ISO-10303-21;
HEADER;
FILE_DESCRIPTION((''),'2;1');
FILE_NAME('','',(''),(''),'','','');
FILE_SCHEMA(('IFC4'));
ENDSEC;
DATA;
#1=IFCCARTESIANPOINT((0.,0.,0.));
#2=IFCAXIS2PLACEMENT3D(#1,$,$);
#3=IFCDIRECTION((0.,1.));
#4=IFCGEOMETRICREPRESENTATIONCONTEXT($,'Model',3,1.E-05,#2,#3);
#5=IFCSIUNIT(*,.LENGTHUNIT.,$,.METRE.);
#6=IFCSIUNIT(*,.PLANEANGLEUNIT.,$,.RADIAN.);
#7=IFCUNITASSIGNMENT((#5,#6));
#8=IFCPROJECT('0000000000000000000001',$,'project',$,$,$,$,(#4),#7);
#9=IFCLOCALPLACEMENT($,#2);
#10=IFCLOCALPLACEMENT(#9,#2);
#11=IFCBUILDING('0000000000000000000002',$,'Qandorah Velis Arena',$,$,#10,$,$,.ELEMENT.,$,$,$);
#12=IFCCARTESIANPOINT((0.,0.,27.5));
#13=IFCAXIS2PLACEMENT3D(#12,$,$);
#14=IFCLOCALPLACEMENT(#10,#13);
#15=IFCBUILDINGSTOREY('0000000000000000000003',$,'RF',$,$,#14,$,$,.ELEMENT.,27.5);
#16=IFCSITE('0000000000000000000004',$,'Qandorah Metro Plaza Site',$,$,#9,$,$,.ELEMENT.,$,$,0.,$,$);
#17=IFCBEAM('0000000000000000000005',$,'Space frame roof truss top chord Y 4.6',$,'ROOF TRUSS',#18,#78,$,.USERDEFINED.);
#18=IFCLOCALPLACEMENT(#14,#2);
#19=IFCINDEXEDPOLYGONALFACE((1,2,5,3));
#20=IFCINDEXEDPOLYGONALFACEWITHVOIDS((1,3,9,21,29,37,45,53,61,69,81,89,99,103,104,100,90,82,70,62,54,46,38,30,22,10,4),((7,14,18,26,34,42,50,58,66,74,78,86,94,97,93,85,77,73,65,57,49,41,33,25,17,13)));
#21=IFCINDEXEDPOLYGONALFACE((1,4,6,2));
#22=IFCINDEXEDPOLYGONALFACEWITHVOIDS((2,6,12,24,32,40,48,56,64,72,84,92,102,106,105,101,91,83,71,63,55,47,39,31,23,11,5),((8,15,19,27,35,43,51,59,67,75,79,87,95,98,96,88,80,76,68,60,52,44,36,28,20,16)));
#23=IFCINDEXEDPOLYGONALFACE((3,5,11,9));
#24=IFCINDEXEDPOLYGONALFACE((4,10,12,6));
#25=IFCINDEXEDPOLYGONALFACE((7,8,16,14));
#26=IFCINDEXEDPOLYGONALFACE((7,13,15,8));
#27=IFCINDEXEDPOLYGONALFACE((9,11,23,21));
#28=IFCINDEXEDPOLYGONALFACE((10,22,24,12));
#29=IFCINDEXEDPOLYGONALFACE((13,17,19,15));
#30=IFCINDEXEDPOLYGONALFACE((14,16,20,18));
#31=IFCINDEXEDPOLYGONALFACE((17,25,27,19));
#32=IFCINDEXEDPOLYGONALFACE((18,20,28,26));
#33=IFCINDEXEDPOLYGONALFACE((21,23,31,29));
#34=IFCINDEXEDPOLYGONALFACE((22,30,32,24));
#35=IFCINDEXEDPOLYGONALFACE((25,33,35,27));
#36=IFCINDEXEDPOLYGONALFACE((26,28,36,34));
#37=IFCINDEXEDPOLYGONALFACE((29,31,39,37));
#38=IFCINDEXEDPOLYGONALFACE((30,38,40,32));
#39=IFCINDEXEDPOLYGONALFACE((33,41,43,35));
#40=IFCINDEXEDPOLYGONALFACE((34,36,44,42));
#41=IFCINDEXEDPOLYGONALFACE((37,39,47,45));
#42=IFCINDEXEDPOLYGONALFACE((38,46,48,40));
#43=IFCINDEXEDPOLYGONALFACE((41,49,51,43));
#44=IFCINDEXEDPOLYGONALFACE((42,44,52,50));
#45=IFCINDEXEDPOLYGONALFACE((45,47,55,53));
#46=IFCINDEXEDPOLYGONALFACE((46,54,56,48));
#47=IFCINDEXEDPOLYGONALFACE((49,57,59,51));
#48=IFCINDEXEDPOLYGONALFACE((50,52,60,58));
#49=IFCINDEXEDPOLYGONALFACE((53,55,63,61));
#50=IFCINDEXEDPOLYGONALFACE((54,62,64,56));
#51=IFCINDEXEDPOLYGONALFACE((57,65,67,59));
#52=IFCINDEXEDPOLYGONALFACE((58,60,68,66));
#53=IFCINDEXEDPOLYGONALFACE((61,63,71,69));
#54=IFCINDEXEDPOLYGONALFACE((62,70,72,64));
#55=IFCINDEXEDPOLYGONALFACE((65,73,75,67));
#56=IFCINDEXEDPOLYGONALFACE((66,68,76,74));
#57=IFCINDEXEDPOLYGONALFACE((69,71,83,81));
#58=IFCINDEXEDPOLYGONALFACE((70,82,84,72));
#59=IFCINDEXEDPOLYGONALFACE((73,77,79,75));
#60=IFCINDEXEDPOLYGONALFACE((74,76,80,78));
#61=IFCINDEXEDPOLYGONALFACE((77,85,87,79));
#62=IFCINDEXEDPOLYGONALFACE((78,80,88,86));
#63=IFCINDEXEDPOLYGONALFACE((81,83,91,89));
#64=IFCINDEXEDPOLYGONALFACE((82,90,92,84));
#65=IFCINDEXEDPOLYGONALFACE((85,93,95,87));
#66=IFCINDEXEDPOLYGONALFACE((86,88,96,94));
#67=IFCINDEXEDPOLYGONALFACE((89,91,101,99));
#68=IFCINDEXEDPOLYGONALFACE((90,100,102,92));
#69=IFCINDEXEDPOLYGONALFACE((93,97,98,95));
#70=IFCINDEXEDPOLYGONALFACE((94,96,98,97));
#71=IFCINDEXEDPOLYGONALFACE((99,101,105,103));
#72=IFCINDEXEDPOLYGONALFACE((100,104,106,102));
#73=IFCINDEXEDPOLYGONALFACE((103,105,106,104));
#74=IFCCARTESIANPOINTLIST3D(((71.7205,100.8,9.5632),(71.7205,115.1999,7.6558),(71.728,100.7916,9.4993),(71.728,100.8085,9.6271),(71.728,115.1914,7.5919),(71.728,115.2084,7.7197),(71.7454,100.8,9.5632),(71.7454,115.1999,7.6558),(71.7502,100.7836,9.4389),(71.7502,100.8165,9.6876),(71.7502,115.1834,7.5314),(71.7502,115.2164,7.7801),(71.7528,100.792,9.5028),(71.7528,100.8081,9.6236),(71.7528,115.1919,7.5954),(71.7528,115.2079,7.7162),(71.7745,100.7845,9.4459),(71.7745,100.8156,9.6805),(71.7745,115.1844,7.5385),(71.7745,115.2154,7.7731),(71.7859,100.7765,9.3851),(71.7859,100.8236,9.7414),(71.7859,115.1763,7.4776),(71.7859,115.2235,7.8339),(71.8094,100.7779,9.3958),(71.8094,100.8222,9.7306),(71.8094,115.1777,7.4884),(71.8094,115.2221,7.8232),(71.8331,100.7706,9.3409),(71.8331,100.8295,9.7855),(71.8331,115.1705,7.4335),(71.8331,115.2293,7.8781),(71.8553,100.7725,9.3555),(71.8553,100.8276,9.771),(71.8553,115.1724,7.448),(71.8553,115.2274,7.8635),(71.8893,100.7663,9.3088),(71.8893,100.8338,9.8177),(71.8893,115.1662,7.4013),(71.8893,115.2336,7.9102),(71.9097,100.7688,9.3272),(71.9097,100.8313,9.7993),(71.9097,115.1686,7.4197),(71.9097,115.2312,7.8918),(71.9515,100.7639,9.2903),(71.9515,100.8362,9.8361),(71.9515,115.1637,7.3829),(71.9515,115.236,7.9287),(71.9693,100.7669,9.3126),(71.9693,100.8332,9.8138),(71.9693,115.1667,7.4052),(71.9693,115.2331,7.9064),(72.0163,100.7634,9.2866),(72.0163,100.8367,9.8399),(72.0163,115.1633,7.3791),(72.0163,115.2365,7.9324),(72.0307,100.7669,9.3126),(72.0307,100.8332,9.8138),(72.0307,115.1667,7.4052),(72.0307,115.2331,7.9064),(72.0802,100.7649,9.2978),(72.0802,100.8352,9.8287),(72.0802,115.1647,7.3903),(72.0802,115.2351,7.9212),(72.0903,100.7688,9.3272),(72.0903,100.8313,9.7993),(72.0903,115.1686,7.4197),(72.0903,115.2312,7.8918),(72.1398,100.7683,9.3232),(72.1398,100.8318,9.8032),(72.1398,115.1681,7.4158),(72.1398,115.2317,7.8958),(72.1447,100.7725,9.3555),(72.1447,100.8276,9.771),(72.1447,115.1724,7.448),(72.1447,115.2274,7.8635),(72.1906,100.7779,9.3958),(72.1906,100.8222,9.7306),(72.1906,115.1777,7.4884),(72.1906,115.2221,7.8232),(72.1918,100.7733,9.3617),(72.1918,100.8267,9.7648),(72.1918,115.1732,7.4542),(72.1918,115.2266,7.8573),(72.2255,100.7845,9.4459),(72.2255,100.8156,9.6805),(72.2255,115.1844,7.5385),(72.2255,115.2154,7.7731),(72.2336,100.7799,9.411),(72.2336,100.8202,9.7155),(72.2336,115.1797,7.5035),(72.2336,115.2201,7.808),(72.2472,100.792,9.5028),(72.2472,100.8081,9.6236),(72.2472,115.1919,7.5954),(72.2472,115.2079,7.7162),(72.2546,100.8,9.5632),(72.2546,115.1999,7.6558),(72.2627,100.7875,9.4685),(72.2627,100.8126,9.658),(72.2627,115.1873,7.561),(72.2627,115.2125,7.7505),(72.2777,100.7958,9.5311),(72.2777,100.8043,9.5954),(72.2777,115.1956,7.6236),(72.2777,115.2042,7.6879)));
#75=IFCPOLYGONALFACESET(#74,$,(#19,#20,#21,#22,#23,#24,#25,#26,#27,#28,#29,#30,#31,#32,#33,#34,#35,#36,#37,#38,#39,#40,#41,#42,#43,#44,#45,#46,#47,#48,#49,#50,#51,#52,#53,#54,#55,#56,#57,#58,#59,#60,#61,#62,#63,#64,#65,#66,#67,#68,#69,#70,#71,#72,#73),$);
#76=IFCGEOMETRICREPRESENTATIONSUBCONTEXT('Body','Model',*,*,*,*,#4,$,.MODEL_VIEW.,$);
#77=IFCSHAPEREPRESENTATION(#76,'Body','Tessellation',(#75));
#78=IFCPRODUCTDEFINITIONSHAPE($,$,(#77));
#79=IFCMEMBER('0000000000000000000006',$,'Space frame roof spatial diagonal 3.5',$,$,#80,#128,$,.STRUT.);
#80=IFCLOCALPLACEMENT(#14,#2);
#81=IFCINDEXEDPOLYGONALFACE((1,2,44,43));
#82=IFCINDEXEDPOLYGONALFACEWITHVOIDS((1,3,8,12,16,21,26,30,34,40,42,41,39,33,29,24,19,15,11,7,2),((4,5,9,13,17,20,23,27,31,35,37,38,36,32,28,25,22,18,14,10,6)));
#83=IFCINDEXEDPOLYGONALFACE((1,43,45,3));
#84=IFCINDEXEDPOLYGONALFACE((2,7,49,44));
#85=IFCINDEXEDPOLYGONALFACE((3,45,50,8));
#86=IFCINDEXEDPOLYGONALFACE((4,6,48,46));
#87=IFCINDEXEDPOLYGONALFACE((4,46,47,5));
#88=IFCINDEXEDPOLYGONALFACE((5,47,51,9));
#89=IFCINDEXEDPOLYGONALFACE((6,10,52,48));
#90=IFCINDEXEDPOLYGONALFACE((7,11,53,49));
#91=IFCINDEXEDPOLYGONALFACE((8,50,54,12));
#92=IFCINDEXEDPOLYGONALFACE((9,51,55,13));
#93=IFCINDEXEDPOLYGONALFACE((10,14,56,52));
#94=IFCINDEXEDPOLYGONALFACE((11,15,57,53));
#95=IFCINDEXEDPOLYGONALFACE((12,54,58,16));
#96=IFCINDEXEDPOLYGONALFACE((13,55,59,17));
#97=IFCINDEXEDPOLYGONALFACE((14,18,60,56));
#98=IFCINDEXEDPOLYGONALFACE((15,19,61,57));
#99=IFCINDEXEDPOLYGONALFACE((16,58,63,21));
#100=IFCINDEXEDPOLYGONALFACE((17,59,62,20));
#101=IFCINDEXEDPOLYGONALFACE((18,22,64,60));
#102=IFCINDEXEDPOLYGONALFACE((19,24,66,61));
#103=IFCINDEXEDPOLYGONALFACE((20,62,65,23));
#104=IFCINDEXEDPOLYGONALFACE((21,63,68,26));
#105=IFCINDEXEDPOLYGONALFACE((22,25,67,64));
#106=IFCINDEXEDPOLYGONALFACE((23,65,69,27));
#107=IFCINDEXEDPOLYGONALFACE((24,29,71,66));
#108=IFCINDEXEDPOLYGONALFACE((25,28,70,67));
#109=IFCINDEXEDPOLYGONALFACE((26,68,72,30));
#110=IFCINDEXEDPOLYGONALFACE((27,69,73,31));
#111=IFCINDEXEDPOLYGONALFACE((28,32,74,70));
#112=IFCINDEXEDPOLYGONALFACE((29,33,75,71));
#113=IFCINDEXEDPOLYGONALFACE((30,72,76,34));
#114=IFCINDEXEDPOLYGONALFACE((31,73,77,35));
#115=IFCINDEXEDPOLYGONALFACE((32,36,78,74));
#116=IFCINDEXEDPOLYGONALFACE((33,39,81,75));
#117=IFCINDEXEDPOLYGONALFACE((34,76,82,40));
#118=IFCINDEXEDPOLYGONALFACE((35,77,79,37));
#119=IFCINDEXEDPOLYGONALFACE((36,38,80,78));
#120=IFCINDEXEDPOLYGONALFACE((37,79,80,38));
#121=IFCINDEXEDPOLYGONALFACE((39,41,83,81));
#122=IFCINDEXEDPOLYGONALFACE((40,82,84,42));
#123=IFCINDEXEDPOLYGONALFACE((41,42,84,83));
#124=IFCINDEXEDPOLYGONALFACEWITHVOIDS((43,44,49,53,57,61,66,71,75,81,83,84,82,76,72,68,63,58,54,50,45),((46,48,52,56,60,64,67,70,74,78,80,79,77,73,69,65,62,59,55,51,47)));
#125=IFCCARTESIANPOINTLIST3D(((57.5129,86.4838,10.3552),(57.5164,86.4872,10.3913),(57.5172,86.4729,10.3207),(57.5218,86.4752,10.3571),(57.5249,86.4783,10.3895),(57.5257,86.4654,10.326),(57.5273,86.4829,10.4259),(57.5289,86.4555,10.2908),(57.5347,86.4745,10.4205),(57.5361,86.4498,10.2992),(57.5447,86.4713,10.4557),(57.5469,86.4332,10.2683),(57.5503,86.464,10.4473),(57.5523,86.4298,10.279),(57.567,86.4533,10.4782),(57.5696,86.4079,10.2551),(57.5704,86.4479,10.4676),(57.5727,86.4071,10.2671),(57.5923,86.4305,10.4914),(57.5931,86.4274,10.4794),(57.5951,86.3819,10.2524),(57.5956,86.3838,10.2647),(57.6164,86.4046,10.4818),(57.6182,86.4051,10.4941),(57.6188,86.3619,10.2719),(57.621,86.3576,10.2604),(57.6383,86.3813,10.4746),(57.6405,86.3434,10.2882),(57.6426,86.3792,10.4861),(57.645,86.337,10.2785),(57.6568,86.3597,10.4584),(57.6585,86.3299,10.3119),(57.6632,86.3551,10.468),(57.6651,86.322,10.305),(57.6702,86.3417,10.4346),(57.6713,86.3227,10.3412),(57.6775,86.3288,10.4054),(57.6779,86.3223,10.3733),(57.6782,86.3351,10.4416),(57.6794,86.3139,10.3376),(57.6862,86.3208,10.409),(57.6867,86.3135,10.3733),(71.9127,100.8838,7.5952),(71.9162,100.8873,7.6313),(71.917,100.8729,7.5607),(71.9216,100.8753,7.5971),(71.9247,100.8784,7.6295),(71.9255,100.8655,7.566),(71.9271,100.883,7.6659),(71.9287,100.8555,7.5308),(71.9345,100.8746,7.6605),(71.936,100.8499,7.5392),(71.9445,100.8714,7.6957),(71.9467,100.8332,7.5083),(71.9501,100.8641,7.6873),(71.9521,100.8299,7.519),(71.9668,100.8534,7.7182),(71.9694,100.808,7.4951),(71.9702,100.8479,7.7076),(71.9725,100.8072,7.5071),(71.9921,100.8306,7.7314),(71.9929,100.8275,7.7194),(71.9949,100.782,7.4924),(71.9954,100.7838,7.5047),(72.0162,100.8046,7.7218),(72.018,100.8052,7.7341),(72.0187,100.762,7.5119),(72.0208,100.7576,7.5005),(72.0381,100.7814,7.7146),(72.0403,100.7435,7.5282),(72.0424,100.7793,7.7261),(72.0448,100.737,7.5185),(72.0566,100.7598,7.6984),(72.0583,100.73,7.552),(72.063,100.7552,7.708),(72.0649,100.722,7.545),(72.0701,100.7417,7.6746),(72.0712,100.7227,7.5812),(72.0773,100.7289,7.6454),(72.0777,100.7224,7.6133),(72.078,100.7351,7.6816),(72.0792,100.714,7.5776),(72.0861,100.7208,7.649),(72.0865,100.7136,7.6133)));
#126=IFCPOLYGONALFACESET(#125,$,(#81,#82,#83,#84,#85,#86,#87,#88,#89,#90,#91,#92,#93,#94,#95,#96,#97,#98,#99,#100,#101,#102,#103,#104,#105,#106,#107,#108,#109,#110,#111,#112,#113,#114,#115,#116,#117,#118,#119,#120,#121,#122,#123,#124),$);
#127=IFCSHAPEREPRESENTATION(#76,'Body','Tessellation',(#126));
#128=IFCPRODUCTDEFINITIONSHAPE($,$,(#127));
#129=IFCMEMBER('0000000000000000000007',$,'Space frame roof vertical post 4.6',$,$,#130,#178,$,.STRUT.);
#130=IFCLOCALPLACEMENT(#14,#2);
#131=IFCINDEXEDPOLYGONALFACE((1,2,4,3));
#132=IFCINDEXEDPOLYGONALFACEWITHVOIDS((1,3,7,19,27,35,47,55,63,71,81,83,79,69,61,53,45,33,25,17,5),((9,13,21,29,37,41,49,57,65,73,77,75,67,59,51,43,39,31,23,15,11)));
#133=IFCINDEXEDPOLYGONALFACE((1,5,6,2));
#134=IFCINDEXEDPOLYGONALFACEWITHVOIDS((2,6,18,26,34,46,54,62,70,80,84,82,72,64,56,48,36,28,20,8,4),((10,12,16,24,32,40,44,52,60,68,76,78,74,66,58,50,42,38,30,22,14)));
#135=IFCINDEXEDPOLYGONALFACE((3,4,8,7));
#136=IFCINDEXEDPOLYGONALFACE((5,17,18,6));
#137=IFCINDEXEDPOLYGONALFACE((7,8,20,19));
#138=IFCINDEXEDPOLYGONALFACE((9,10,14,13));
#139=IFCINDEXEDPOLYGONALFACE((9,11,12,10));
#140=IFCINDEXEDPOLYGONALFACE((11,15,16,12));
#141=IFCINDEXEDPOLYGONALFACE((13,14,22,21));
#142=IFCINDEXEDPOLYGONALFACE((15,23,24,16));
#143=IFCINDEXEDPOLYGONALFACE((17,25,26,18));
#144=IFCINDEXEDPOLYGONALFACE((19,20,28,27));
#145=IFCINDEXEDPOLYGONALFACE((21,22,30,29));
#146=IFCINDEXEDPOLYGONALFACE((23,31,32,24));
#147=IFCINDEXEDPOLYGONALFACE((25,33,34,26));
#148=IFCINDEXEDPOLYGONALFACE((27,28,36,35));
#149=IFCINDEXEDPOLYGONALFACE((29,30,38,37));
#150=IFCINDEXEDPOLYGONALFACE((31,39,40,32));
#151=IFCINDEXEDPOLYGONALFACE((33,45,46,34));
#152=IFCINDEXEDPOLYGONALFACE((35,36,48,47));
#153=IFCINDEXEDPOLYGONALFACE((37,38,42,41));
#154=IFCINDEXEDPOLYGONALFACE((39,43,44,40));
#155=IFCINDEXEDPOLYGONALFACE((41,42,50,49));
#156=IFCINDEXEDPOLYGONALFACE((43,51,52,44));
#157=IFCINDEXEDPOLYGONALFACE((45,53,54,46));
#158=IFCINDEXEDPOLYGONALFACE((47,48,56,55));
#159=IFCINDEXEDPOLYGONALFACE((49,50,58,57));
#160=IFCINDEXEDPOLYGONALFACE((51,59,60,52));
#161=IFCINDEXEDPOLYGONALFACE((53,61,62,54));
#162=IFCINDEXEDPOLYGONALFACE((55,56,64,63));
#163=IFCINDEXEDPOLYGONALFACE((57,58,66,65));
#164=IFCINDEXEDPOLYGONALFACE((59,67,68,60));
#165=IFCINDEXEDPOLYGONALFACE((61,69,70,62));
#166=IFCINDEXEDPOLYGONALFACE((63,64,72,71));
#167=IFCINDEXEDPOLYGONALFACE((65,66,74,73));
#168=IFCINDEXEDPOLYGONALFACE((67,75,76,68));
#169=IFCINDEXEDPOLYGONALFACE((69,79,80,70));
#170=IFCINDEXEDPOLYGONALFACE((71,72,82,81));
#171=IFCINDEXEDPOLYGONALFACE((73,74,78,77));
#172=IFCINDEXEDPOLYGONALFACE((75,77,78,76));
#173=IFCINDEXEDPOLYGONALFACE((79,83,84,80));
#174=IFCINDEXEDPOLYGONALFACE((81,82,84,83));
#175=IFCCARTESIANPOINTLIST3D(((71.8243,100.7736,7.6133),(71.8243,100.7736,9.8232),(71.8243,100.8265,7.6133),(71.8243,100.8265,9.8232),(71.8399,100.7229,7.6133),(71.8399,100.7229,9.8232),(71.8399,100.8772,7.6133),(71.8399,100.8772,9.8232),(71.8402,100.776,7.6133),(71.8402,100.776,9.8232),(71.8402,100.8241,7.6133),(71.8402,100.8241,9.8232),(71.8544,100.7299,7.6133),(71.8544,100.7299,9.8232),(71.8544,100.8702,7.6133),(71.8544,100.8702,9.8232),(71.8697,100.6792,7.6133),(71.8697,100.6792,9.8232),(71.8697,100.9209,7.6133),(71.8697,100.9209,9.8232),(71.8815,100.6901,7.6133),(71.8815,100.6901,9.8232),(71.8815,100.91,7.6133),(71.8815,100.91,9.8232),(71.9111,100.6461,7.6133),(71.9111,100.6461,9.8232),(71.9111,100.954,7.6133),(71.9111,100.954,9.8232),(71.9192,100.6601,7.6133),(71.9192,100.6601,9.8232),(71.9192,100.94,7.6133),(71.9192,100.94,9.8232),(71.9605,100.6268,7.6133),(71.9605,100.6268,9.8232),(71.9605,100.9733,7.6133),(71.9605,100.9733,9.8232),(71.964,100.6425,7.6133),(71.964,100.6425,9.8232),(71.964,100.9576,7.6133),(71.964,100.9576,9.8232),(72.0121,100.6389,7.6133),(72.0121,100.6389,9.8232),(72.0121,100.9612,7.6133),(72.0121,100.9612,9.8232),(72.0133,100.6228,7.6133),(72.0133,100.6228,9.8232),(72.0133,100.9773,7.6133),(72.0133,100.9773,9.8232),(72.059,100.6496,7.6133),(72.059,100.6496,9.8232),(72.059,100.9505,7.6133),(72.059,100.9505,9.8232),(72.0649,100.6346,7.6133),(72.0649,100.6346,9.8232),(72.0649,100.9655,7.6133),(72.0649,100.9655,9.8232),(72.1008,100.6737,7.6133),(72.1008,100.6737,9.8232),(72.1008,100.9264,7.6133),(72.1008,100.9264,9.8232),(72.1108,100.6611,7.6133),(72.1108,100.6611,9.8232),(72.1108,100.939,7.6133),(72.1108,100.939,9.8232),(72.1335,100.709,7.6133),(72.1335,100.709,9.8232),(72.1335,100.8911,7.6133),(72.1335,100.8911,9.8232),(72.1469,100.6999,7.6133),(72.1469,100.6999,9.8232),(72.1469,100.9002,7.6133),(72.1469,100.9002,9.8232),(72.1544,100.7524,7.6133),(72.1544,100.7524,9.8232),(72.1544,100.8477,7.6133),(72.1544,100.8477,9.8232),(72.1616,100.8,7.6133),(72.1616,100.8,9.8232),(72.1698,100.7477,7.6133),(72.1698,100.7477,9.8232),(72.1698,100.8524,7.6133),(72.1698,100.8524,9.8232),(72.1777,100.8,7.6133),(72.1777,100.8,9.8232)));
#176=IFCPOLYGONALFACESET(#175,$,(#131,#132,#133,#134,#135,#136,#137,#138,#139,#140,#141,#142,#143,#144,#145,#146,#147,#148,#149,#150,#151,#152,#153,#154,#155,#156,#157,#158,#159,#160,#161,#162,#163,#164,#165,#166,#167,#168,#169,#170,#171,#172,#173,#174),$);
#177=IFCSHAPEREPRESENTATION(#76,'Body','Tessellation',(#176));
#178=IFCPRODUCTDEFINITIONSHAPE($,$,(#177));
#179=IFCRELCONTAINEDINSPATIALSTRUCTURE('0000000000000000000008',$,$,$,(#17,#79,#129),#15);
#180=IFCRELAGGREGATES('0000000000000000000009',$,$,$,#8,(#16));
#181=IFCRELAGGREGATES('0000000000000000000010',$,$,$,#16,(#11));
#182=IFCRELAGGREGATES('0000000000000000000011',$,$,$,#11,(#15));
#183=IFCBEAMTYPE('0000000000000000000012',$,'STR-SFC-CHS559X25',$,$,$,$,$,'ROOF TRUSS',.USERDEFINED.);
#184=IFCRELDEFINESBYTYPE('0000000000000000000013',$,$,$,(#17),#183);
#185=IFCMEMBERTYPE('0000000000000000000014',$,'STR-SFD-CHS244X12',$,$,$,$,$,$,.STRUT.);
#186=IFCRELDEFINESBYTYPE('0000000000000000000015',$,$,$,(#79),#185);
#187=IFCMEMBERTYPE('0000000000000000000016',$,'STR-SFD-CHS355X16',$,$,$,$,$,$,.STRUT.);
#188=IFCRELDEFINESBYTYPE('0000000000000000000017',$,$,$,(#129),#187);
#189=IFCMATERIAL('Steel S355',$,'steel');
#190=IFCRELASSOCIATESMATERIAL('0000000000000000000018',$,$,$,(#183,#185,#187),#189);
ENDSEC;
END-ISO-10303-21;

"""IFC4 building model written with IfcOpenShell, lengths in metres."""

from ifc_helpers import new_model, si_unit, direction, frame, origin, origin_2d, place, context, subcontext, project, spatial, hollow_circle, extrude, material, material_profile, profile_set, type_object, element, save


model = new_model("IFC4")

# Units and contexts
model_context = context("Model", 3, precision=1e-05, world=origin(), true_north=direction((0.0, 1.0)))
body_context = subcontext(model_context, "Body", "Model", "MODEL_VIEW")
ifc_project = project(units=[si_unit("LENGTHUNIT", "METRE"), si_unit("PLANEANGLEUNIT", "RADIAN")], contexts=[model_context])

# Site, building, storey
site_placement = place(None, origin())
site = spatial("IfcSite", under=ifc_project, at=site_placement, Name="Qandorah Metro Plaza Site", CompositionType="ELEMENT", RefElevation=0.0)
building_placement = place(site_placement, origin())
building = spatial("IfcBuilding", under=site, at=building_placement, Name="Qandorah Velis Arena", CompositionType="ELEMENT")
storey_placement = place(building_placement, frame((0.0, 0.0, 27.5)))
storey = spatial("IfcBuildingStorey", under=building, at=storey_placement, Name="RF", CompositionType="ELEMENT", Elevation=27.5)

# Beam
ifc_material_1 = material(Name="Steel S355", Category="steel")
ifc_material_profile_1 = material_profile(ifc_material_1, hollow_circle(Radius=0.2795, WallThickness=0.0249, at=origin_2d()), Name="CHS 559x25")
ifc_profile_set_1 = profile_set([ifc_material_profile_1], Name="Steel S355")
beam_type_1 = type_object("IfcBeamType", Name="STR-SFC-CHS559X25", ElementType="ROOF TRUSS", PredefinedType="USERDEFINED", material=ifc_profile_set_1)
beam_1_placement = place(storey_placement, frame((72.0, 100.8, 9.5632), z_axis=(0.0, 0.99134, -0.131317), x_axis=(-1.0, 0.0, 0.0)))
element("IfcBeam", 1, at=beam_1_placement, inside=storey, type_object=beam_type_1, Name="Space frame roof truss top chord Y 4.6", ObjectType="ROOF TRUSS", PredefinedType="USERDEFINED", context=body_context, shape_type="SweptSolid", body=[
    extrude(hollow_circle(Radius=0.2795, WallThickness=0.0249, at=origin_2d()), origin(), (0.0, 0.0, 1.0), 14.5256),
])

# Members
ifc_material_profile_2 = material_profile(ifc_material_1, hollow_circle(Radius=0.1223, WallThickness=0.0125, at=origin_2d()), Name="CHS 244.5x12.5")
ifc_profile_set_2 = profile_set([ifc_material_profile_2], Name="Steel S355")
member_type_1 = type_object("IfcMemberType", Name="STR-SFD-CHS244X12", PredefinedType="STRUT", material=ifc_profile_set_2)
member_1_placement = place(storey_placement, frame((72.0, 100.8, 7.6133), z_axis=(-0.700695, -0.700707, 0.134301), x_axis=(0.707113, -0.707101, 0.0)))
element("IfcMember", 2, at=member_1_placement, inside=storey, type_object=member_type_1, Name="Space frame roof spatial diagonal 3.5", PredefinedType="STRUT", context=body_context, shape_type="SweptSolid", body=[
    extrude(hollow_circle(Radius=0.1223, WallThickness=0.0125, at=origin_2d()), origin(), (0.0, 0.0, 1.0), 20.5508),
])
ifc_material_profile_3 = material_profile(ifc_material_1, hollow_circle(Radius=0.1777, WallThickness=0.0161, at=origin_2d()), Name="CHS 355.6x16")
ifc_profile_set_3 = profile_set([ifc_material_profile_3], Name="Steel S355")
member_type_2 = type_object("IfcMemberType", Name="STR-SFD-CHS355X16", PredefinedType="STRUT", material=ifc_profile_set_3)
member_2_placement = place(storey_placement, frame((72.0, 100.8, 7.6133), z_axis=(0.0, 0.0, 1.0), x_axis=(1.0, 0.0, 0.0)))
element("IfcMember", 3, at=member_2_placement, inside=storey, type_object=member_type_2, Name="Space frame roof vertical post 4.6", PredefinedType="STRUT", context=body_context, shape_type="SweptSolid", body=[
    extrude(hollow_circle(Radius=0.1777, WallThickness=0.0161, at=origin_2d()), origin(), (0.0, 0.0, 1.0), 2.21),
])

save(model, "model.ifc")
